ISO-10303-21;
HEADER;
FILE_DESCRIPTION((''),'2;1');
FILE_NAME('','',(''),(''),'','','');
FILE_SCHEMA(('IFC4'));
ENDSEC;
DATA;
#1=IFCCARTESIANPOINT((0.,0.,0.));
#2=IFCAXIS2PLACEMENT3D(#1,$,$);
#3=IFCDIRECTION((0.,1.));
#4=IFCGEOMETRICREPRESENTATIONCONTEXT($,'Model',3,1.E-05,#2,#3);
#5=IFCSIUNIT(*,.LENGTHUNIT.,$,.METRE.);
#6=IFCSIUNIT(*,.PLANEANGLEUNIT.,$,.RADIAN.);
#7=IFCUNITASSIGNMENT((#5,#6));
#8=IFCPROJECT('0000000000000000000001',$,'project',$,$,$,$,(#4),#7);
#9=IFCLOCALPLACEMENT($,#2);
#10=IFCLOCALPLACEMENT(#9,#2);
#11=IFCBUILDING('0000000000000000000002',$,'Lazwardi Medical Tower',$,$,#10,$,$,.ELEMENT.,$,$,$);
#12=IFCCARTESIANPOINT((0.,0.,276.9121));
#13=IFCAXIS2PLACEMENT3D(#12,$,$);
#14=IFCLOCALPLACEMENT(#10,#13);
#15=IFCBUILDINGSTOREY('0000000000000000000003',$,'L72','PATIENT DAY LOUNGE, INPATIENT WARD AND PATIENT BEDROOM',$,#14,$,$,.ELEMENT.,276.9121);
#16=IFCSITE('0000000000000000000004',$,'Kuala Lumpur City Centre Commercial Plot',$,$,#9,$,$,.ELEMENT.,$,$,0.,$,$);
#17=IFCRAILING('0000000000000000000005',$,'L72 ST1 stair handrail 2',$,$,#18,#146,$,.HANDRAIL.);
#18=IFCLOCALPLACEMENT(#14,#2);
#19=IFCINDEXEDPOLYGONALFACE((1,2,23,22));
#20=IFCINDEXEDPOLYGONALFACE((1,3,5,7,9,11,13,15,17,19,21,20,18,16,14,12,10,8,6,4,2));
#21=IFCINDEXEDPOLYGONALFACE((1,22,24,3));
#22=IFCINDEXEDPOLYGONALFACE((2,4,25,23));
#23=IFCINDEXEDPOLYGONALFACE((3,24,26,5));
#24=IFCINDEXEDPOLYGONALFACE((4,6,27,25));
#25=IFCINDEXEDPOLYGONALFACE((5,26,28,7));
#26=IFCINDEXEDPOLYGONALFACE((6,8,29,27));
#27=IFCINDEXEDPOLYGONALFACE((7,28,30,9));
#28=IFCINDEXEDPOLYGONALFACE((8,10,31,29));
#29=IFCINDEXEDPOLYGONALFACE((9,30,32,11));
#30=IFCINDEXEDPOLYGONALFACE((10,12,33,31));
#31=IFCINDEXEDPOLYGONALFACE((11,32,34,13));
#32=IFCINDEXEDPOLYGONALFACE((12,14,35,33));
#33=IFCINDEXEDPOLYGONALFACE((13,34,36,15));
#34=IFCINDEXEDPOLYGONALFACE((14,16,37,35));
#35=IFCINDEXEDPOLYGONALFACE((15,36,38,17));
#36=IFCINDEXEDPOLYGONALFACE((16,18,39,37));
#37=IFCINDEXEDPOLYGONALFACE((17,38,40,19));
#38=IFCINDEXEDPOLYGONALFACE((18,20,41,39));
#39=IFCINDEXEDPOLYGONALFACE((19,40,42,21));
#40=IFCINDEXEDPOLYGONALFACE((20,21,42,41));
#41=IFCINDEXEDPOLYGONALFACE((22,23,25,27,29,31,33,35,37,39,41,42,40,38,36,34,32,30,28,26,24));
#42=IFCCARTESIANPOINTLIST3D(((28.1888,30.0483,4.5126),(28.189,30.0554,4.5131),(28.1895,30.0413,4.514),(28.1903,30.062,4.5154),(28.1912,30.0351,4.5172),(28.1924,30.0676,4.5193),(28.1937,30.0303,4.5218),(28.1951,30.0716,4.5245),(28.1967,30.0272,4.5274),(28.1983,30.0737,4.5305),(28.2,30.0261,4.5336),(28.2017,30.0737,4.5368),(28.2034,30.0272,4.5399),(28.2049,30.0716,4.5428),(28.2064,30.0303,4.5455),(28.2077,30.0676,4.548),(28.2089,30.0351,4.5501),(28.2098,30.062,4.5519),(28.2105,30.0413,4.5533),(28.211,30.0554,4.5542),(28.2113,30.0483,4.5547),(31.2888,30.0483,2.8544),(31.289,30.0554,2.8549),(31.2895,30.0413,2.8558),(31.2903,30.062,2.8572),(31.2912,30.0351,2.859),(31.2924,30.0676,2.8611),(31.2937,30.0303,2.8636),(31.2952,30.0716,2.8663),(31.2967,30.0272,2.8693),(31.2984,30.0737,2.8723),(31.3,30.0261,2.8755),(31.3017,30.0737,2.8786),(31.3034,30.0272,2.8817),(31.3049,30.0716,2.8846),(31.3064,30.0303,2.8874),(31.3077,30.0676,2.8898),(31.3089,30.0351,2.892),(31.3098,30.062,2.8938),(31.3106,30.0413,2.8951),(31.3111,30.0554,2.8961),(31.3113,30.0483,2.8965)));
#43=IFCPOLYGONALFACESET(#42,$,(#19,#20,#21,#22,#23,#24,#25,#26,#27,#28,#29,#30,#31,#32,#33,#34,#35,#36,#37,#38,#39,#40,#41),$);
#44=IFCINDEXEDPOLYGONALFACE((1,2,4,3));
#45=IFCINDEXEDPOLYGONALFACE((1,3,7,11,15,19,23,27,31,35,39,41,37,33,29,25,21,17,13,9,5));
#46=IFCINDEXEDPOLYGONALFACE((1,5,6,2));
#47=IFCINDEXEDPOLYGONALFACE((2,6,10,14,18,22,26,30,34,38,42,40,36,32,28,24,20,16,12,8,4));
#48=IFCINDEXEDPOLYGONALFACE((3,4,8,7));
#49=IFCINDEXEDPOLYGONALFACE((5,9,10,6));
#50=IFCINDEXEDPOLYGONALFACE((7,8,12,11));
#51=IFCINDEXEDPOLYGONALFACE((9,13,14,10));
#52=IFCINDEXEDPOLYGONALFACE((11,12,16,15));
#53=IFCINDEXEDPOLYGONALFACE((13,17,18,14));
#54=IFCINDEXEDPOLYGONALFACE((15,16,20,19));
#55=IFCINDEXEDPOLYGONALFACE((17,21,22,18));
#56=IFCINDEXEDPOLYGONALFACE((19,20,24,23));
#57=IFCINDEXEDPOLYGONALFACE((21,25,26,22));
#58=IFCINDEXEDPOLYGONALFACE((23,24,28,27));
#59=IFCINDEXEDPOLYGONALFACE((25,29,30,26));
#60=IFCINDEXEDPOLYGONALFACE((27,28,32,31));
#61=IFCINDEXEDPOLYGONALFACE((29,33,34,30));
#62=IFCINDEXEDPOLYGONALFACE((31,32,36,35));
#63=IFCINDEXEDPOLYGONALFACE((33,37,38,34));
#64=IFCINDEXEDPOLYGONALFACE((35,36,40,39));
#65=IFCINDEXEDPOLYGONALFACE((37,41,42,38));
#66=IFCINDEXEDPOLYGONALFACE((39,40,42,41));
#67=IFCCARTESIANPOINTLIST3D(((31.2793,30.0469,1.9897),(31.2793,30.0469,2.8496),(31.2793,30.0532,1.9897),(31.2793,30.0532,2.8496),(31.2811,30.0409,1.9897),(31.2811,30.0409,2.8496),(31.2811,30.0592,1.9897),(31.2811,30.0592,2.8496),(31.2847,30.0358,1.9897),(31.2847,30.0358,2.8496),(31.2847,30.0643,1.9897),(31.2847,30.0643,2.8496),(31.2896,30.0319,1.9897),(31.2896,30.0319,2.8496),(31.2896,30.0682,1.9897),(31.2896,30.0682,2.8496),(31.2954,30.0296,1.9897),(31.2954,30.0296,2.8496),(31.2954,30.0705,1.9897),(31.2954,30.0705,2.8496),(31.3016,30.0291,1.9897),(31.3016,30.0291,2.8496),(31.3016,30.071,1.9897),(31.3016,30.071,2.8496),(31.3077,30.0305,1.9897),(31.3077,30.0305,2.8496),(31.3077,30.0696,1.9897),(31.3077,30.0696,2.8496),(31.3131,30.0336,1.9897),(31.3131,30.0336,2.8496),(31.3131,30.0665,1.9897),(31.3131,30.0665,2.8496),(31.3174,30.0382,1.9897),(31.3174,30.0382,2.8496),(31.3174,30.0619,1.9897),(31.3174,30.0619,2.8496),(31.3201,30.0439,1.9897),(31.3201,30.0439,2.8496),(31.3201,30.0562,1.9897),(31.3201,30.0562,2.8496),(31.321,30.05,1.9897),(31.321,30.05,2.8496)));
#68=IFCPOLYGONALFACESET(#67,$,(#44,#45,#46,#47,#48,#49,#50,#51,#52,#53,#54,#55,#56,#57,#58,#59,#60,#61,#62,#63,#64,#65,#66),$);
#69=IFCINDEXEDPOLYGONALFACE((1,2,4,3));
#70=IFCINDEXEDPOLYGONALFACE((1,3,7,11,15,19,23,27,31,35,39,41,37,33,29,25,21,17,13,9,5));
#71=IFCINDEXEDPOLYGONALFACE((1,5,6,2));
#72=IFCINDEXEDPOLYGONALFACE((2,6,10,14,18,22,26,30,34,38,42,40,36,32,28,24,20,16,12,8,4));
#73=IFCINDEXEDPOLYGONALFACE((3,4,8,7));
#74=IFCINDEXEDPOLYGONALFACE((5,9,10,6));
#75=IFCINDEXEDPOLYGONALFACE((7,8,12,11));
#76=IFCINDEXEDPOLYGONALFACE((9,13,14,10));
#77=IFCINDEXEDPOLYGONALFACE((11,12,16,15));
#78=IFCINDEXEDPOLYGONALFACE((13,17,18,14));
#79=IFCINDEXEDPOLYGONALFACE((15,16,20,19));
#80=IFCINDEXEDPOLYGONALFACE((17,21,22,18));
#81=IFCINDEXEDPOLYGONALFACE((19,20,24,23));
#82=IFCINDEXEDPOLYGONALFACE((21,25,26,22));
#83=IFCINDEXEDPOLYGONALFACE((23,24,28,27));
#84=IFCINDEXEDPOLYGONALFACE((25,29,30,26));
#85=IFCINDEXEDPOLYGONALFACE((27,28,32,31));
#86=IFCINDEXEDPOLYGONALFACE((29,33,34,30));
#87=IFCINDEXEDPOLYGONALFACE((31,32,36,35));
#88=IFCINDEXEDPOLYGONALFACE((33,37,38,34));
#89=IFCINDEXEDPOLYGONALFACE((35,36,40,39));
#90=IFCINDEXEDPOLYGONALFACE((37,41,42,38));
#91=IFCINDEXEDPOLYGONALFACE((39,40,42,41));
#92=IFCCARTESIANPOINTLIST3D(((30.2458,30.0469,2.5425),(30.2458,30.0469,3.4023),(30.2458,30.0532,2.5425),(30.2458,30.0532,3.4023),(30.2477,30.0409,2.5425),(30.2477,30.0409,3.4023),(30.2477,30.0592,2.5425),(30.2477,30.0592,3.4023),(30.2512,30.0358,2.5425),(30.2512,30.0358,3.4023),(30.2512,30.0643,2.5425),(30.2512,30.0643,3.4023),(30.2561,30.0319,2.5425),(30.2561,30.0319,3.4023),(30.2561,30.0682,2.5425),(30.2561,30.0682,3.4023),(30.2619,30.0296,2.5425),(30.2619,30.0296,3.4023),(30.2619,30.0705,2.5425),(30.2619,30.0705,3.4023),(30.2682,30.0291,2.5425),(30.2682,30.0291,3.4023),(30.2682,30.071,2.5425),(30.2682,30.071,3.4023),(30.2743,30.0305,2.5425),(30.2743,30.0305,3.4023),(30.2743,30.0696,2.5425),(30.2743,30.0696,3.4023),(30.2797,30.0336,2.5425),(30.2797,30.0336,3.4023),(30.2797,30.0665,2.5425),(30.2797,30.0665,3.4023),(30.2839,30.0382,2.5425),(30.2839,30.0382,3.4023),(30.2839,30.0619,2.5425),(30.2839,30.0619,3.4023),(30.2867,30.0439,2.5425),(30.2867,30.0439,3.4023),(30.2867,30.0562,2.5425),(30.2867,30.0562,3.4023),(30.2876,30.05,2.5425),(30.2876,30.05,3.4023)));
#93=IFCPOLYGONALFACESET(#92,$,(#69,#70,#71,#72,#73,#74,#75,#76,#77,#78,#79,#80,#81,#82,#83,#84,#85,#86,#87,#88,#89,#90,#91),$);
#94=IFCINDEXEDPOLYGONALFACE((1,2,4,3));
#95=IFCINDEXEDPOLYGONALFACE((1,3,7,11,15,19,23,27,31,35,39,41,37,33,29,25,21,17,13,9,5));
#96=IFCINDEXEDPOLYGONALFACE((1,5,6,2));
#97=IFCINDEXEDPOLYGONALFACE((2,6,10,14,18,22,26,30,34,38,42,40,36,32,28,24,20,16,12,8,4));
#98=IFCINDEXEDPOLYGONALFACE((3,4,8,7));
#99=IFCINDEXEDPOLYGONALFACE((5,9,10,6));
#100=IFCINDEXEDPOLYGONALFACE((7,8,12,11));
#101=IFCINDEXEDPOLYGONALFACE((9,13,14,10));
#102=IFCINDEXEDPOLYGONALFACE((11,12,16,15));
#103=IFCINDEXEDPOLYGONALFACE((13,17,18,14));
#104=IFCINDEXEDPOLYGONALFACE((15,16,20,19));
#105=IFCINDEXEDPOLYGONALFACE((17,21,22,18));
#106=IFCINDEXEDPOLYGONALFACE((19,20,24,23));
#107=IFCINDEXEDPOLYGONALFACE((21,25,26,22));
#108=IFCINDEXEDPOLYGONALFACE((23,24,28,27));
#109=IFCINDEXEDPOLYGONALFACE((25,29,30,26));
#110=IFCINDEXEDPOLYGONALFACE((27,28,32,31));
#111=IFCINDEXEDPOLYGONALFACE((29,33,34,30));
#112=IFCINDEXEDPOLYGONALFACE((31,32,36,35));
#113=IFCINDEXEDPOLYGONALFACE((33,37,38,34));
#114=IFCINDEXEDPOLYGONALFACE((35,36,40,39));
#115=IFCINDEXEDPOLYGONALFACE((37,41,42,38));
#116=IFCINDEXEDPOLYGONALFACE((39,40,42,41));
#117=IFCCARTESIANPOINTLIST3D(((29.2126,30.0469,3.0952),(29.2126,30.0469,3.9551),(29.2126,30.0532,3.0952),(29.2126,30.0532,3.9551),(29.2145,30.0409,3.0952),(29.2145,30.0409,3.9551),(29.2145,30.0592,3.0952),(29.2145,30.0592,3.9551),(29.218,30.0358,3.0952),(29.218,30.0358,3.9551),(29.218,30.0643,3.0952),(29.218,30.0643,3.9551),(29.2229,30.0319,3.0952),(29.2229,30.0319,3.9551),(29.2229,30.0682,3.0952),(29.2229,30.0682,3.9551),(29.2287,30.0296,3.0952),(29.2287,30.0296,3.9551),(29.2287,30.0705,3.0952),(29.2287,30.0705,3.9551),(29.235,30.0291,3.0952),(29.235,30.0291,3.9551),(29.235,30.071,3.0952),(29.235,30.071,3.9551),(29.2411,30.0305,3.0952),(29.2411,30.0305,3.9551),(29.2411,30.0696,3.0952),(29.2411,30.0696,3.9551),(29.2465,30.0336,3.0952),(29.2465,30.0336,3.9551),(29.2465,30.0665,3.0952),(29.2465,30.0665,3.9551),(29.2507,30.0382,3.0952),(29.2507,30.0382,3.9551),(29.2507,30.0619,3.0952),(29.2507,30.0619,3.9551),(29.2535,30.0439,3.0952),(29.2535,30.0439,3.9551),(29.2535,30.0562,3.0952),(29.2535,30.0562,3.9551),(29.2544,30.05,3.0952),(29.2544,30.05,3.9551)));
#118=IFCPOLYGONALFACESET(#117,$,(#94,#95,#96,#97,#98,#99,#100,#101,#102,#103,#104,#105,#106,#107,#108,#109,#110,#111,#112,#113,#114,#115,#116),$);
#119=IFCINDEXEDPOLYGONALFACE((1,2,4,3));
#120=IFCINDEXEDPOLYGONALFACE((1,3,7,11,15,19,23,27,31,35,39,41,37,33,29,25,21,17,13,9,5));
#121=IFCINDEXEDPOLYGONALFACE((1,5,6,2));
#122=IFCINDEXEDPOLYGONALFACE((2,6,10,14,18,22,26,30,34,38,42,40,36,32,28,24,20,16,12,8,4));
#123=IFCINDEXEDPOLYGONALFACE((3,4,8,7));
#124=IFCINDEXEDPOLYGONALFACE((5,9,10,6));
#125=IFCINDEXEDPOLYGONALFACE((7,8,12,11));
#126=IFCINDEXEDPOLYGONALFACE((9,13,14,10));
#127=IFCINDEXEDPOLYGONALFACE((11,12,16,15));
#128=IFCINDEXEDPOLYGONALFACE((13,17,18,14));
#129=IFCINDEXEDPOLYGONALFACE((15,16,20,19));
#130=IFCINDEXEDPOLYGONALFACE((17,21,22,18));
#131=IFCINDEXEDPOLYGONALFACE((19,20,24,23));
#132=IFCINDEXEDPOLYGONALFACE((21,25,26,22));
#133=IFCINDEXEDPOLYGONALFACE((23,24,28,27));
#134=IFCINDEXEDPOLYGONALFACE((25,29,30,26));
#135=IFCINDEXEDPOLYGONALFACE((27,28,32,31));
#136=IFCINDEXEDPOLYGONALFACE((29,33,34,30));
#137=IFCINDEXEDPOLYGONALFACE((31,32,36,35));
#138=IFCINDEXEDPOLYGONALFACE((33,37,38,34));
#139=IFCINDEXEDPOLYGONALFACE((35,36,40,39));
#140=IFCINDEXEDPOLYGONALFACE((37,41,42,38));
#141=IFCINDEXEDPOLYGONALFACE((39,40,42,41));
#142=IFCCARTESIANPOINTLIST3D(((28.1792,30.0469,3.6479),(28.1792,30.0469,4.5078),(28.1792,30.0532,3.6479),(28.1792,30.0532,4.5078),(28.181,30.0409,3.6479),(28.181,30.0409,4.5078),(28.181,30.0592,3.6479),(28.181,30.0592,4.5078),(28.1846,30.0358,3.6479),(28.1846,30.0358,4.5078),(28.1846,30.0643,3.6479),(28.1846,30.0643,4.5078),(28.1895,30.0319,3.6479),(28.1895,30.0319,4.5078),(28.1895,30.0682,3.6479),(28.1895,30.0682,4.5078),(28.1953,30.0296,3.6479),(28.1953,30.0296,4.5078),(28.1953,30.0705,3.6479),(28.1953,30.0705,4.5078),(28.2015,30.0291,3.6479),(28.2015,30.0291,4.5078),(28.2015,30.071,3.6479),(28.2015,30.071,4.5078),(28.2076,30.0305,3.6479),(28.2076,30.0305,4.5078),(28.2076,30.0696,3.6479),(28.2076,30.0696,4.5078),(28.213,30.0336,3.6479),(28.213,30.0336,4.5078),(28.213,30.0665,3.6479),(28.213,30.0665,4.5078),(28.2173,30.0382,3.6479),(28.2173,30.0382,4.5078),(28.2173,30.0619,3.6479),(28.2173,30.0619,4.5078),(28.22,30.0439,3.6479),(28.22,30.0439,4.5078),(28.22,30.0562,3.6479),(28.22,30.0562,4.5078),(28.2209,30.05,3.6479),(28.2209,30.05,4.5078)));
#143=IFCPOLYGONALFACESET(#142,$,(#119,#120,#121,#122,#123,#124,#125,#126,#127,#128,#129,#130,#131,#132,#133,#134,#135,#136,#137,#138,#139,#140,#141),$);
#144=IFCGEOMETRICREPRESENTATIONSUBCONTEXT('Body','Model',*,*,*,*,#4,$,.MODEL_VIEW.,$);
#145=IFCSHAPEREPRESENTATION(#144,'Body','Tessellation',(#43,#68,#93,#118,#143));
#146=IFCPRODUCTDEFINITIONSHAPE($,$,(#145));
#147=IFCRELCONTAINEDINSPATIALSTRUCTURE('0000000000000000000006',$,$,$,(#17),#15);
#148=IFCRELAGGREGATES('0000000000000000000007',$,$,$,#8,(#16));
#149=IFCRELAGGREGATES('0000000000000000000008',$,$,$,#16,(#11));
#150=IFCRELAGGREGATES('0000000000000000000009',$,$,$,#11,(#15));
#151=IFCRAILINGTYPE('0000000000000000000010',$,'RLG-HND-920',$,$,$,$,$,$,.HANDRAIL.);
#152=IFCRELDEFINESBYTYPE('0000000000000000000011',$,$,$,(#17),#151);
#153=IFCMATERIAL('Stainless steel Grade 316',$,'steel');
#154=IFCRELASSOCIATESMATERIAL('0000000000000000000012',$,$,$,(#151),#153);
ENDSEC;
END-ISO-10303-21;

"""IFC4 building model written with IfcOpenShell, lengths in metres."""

from ifc_helpers import new_model, si_unit, direction, frame, origin, origin_2d, place, context, subcontext, project, spatial, circle, extrude, material, type_object, element, save


model = new_model("IFC4")

# Units and contexts
model_context = context("Model", 3, precision=1e-05, world=origin(), true_north=direction((0.0, 1.0)))
body_context = subcontext(model_context, "Body", "Model", "MODEL_VIEW")
ifc_project = project(units=[si_unit("LENGTHUNIT", "METRE"), si_unit("PLANEANGLEUNIT", "RADIAN")], contexts=[model_context])

# Site, building, storey
site_placement = place(None, origin())
site = spatial("IfcSite", under=ifc_project, at=site_placement, Name="Kuala Lumpur City Centre Commercial Plot", CompositionType="ELEMENT", RefElevation=0.0)
building_placement = place(site_placement, origin())
building = spatial("IfcBuilding", under=site, at=building_placement, Name="Lazwardi Medical Tower", CompositionType="ELEMENT")
storey_placement = place(building_placement, frame((0.0, 0.0, 276.9121)))
storey = spatial("IfcBuildingStorey", under=building, at=storey_placement, Name="L72", Description="PATIENT DAY LOUNGE, INPATIENT WARD AND PATIENT BEDROOM", CompositionType="ELEMENT", Elevation=276.9121)

# Railing
ifc_material_1 = material(Name="Stainless steel Grade 316", Category="steel")
railing_type_1 = type_object("IfcRailingType", Name="RLG-HND-920", PredefinedType="HANDRAIL", material=ifc_material_1)
railing_1_placement = place(storey_placement, frame((31.3, 30.05, 1.9897)))
element("IfcRailing", 1, at=railing_1_placement, inside=storey, type_object=railing_type_1, Name="L72 ST1 stair handrail 2", PredefinedType="HANDRAIL", context=body_context, shape_type="SweptSolid", body=[
    extrude(circle(Radius=0.0239, at=origin_2d()), frame((0.0, 0.0, 0.8857), z_axis=(-0.881783, 0.0, 0.471655), x_axis=(0.0, -1.0, 0.0)), (0.0, 0.0, 1.0), 3.5156),
    extrude(circle(Radius=0.021, at=origin_2d()), origin(), (0.0, 0.0, 1.0), 0.8599),
    extrude(circle(Radius=0.021, at=origin_2d()), frame((-1.0334, 0.0, 0.5527)), (0.0, 0.0, 1.0), 0.8599),
    extrude(circle(Radius=0.021, at=origin_2d()), frame((-2.0667, 0.0, 1.1055)), (0.0, 0.0, 1.0), 0.8599),
    extrude(circle(Radius=0.021, at=origin_2d()), frame((-3.1001, 0.0, 1.6582)), (0.0, 0.0, 1.0), 0.8599),
])

save(model, "model.ifc")
